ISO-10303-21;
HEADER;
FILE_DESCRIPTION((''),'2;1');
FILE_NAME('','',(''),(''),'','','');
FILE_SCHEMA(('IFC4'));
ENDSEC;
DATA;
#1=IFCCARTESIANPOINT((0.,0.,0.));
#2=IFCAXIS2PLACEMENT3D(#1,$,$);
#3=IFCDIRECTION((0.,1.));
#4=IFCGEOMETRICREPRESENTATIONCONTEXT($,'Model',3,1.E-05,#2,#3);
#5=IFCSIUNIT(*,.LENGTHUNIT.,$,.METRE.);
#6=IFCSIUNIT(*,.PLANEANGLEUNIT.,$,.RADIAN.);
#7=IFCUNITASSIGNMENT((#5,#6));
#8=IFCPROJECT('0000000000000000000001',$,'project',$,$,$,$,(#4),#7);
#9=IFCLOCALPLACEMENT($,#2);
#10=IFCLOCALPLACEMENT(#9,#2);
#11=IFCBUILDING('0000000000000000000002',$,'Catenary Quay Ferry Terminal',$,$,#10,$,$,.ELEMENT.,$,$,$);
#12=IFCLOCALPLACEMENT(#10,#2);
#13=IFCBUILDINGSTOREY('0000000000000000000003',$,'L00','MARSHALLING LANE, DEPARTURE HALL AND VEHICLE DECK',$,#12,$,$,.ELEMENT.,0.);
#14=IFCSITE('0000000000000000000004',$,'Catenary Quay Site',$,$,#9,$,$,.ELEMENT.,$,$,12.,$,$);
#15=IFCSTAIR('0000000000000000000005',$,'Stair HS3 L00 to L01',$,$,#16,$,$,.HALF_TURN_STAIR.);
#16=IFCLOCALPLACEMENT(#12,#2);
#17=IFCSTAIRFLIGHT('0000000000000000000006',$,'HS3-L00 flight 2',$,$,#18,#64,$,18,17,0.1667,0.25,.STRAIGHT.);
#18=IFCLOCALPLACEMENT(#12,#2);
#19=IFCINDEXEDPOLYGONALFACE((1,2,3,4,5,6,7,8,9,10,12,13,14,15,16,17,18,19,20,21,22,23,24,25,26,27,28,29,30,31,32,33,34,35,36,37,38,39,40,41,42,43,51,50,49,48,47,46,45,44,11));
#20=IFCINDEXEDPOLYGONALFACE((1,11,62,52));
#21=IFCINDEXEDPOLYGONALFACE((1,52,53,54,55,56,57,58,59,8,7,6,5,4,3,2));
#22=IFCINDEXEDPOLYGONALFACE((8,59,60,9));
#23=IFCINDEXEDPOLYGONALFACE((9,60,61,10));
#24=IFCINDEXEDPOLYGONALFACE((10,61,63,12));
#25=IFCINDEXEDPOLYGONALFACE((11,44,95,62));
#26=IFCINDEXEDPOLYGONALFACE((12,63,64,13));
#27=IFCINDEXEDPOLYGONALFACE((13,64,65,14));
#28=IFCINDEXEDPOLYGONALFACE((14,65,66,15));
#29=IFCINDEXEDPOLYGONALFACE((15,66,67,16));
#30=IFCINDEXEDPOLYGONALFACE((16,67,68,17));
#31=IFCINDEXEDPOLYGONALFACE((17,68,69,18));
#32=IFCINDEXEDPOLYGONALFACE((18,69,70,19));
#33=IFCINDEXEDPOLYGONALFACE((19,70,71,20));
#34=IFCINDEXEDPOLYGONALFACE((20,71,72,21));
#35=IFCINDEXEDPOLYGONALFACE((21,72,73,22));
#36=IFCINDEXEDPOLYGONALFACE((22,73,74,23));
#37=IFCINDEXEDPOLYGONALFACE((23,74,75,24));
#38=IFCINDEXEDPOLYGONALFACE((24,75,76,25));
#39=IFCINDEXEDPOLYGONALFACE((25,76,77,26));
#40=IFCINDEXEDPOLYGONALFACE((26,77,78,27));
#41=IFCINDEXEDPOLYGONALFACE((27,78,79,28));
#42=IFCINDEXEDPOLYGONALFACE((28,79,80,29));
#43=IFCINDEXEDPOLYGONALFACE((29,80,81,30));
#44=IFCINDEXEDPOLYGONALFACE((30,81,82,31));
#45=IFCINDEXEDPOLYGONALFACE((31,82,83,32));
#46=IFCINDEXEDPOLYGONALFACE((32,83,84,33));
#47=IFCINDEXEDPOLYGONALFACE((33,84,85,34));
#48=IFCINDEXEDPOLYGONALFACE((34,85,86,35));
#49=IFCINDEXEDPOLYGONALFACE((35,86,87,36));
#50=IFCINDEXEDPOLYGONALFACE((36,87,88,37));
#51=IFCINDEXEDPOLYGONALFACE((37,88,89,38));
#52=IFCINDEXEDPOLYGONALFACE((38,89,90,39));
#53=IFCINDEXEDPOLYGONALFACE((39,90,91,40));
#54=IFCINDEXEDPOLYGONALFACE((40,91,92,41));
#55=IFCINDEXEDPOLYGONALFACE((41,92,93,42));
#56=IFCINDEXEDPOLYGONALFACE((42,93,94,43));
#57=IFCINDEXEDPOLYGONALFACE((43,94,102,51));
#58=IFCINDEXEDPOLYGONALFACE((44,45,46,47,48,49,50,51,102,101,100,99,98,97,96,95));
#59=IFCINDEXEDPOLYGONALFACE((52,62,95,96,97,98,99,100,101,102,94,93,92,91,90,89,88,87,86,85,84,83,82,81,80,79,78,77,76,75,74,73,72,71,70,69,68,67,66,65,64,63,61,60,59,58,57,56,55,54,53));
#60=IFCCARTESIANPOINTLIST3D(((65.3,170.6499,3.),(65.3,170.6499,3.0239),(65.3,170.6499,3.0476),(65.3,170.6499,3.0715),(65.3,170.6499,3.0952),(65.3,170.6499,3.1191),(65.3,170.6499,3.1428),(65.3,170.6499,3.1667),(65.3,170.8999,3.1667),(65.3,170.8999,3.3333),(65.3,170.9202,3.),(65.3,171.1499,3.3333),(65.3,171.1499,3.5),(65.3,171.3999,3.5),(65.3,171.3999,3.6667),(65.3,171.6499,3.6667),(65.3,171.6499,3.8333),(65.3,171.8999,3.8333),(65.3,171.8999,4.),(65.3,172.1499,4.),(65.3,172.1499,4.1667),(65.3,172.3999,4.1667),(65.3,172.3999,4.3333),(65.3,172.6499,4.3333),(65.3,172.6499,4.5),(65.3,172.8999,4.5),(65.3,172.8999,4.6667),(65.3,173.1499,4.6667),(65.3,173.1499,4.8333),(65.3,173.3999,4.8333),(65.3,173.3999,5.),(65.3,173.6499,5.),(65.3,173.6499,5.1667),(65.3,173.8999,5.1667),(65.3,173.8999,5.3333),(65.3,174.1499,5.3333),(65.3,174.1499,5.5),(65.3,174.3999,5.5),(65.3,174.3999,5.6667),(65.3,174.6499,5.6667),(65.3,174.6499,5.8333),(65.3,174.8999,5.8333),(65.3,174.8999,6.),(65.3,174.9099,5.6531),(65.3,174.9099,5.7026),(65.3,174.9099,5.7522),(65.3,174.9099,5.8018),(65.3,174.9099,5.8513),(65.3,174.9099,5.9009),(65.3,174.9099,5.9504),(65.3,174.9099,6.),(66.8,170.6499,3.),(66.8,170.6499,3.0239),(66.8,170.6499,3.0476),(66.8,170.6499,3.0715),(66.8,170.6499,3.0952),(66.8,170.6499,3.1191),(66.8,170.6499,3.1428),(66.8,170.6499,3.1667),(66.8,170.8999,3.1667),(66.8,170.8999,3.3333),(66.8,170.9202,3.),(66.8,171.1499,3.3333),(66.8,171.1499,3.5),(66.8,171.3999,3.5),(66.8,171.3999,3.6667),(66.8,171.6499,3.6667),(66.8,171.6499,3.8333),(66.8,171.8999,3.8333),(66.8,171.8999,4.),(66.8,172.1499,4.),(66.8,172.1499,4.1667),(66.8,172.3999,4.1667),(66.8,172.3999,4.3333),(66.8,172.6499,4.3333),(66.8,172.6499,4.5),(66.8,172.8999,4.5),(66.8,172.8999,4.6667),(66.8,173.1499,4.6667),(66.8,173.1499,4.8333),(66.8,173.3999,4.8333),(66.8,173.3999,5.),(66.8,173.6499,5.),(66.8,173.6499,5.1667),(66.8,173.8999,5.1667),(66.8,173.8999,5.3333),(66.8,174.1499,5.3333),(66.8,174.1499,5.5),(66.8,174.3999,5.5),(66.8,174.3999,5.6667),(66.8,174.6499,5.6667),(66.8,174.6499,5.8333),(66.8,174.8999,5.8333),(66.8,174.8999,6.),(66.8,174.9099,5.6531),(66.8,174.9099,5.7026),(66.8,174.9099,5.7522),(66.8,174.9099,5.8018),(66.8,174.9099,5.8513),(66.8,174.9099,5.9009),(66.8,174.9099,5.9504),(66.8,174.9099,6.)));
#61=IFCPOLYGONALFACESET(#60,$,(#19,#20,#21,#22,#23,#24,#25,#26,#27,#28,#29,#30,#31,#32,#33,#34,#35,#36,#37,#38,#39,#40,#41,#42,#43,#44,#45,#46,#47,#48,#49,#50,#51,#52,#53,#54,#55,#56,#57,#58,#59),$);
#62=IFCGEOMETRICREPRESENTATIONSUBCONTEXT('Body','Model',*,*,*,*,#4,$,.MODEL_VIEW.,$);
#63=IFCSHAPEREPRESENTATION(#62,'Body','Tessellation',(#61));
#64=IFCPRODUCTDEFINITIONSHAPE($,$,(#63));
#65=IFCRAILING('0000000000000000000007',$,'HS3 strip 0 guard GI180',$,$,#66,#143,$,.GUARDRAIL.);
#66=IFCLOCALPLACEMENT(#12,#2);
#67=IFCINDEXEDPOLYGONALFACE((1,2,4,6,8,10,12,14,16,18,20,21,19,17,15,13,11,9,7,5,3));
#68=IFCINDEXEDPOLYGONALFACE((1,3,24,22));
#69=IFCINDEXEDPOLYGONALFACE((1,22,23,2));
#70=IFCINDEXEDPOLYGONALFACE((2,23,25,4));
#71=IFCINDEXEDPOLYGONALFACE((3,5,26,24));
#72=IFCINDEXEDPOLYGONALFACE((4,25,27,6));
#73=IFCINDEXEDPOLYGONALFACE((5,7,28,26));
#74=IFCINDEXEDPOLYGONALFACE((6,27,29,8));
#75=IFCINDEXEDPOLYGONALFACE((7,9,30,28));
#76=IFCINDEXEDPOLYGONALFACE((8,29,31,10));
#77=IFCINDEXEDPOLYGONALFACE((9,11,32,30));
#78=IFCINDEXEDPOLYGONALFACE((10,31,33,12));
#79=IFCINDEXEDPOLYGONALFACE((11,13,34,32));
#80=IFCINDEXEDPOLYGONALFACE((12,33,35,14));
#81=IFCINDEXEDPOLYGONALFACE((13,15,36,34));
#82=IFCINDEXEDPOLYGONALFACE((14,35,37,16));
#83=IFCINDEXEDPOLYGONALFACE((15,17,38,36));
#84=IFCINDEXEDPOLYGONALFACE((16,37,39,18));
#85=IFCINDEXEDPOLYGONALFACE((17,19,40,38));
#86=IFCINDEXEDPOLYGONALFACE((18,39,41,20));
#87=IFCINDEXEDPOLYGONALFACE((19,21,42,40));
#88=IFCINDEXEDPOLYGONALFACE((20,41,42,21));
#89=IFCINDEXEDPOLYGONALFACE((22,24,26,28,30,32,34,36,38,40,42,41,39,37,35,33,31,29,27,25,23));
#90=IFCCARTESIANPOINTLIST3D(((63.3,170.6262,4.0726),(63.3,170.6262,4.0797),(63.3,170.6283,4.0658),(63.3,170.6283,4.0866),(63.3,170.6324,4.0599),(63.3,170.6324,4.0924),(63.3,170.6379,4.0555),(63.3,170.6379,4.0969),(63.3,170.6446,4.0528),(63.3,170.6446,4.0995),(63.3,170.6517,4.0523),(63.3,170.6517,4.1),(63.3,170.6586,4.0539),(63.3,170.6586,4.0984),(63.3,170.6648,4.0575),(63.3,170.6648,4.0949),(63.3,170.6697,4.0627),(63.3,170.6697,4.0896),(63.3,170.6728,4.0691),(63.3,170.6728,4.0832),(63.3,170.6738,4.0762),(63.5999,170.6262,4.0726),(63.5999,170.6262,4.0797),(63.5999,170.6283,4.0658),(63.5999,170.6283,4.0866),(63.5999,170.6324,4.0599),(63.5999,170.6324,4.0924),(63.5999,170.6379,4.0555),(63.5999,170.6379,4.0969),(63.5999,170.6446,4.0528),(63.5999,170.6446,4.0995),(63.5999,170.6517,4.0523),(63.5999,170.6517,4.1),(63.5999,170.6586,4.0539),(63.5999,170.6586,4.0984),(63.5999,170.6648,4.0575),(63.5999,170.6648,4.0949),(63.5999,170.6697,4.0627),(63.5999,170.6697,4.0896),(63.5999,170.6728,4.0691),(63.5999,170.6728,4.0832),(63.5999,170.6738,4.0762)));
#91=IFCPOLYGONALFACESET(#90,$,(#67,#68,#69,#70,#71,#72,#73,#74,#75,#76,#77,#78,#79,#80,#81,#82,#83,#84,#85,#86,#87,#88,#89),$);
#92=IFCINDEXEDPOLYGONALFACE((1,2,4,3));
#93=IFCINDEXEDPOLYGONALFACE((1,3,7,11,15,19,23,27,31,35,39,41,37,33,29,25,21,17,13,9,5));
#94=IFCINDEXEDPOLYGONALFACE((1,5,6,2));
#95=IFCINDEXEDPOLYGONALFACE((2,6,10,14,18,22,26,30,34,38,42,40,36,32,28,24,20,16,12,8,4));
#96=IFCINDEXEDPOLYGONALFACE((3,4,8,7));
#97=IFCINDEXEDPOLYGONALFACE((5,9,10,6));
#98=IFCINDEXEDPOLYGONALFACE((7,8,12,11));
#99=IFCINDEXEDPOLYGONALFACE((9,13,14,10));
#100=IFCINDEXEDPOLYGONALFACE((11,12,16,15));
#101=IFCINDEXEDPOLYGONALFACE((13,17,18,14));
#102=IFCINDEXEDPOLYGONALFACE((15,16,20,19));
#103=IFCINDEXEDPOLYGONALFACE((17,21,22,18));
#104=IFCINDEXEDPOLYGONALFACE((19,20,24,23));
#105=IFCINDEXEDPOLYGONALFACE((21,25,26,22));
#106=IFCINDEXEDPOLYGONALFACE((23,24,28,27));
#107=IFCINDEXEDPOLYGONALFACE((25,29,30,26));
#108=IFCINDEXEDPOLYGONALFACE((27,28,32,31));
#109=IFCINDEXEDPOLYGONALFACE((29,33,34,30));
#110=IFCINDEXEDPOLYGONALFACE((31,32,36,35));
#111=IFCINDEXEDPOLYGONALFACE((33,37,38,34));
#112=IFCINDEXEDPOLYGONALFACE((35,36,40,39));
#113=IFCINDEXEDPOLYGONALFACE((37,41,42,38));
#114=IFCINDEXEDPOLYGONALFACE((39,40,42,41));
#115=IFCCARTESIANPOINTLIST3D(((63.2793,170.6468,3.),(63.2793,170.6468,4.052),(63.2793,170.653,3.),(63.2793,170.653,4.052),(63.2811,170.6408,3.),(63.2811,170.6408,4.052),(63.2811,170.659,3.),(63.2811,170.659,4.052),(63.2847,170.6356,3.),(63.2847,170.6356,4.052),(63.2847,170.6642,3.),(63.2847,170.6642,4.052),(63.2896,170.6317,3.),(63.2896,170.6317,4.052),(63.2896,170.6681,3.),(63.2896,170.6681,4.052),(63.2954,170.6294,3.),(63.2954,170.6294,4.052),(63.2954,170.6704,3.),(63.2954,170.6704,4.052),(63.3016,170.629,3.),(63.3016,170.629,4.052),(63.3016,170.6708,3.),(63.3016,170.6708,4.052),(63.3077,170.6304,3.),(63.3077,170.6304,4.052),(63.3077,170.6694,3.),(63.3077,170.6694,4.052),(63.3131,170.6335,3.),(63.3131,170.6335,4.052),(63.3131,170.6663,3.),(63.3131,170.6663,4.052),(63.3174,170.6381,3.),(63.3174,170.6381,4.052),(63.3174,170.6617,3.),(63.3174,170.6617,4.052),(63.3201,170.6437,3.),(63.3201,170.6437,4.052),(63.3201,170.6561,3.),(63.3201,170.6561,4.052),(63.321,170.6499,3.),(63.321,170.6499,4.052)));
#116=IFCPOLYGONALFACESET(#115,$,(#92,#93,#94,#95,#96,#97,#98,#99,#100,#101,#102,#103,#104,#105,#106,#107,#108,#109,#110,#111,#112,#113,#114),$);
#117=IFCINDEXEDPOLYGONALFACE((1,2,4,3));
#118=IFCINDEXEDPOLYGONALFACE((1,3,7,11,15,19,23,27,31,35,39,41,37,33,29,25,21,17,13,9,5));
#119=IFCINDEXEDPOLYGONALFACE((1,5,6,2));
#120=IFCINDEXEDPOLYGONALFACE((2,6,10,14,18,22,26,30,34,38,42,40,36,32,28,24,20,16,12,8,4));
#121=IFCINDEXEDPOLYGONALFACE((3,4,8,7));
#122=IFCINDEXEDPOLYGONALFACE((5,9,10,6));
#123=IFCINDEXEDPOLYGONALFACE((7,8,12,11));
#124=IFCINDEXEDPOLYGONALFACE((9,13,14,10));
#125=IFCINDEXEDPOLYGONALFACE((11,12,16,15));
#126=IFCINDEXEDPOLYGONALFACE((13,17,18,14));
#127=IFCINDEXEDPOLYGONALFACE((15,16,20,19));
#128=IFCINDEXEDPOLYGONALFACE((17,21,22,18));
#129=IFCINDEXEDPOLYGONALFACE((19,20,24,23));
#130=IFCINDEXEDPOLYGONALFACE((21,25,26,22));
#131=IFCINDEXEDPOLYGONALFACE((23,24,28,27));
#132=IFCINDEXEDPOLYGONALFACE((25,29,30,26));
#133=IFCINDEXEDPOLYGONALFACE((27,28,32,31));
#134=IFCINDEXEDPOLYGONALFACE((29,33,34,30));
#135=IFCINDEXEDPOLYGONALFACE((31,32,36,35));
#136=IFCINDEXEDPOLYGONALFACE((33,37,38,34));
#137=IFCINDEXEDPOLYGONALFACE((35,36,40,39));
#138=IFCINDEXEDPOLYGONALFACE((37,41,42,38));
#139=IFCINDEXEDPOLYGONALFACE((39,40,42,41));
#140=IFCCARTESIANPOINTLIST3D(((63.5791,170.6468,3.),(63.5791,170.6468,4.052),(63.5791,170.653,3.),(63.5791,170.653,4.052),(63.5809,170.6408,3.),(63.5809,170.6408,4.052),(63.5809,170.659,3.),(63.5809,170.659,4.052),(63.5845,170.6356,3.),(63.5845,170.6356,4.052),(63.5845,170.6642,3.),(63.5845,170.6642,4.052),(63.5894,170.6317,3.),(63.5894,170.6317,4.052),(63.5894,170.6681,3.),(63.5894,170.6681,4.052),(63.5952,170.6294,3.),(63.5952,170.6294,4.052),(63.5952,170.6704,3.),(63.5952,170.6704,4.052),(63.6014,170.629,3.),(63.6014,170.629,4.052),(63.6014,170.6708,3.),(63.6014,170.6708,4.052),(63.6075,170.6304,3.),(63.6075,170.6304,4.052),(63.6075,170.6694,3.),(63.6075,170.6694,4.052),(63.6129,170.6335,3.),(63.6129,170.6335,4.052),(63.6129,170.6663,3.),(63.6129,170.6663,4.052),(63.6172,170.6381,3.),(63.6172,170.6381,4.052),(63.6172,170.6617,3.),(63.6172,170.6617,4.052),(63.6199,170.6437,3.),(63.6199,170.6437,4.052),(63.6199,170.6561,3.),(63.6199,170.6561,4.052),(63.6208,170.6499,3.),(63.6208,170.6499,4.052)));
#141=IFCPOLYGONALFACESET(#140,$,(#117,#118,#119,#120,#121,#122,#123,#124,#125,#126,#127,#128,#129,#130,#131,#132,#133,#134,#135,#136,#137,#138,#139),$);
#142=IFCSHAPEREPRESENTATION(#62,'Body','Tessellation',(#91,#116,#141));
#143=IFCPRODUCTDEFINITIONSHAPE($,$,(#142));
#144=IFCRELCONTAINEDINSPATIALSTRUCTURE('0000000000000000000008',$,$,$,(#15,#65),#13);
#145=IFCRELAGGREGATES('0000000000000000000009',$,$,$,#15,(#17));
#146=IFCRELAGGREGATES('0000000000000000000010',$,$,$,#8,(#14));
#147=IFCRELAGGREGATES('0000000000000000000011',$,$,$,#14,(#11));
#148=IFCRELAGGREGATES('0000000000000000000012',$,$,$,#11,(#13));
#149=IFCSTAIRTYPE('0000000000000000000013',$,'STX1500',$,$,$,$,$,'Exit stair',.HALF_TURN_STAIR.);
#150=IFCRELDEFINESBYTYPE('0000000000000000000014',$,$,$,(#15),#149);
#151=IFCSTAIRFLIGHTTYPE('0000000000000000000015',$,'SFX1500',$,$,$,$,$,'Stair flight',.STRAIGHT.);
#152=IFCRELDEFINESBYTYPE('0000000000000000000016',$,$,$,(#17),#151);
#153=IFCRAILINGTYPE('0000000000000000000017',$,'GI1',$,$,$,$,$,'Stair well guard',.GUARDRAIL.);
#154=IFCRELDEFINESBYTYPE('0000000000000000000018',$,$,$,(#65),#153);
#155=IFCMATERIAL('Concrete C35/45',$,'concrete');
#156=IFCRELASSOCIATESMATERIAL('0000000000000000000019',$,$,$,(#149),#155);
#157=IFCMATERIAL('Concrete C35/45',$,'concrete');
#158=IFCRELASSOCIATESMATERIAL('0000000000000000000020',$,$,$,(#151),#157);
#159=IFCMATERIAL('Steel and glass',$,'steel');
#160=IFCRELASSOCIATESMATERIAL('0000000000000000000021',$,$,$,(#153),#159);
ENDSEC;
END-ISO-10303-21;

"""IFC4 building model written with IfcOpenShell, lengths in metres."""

from ifc_helpers import new_model, si_unit, direction, frame, origin, origin_2d, place, context, subcontext, project, spatial, polyline, circle, outline, extrude, material, type_object, element, aggregate, save


model = new_model("IFC4")

# Units and contexts
model_context = context("Model", 3, precision=1e-05, world=origin(), true_north=direction((0.0, 1.0)))
body_context = subcontext(model_context, "Body", "Model", "MODEL_VIEW")
ifc_project = project(units=[si_unit("LENGTHUNIT", "METRE"), si_unit("PLANEANGLEUNIT", "RADIAN")], contexts=[model_context])

# Site, building, storey
site_placement = place(None, origin())
site = spatial("IfcSite", under=ifc_project, at=site_placement, Name="Catenary Quay Site", CompositionType="ELEMENT", RefElevation=12.0)
building_placement = place(site_placement, origin())
building = spatial("IfcBuilding", under=site, at=building_placement, Name="Catenary Quay Ferry Terminal", CompositionType="ELEMENT")
storey_placement = place(building_placement, origin())
storey = spatial("IfcBuildingStorey", under=building, at=storey_placement, Name="L00", Description="MARSHALLING LANE, DEPARTURE HALL AND VEHICLE DECK", CompositionType="ELEMENT", Elevation=0.0)

# Stair, stair flight
ifc_material_1 = material(Name="Concrete C35/45", Category="concrete")
stair_type = type_object("IfcStairType", Name="STX1500", ElementType="Exit stair", PredefinedType="HALF_TURN_STAIR", material=ifc_material_1)
stair_placement = place(storey_placement, origin())
stair = element("IfcStair", 1, at=stair_placement, inside=storey, type_object=stair_type, Name="Stair HS3 L00 to L01", PredefinedType="HALF_TURN_STAIR")
ifc_material_2 = material(Name="Concrete C35/45", Category="concrete")
stair_flight_type = type_object("IfcStairFlightType", Name="SFX1500", ElementType="Stair flight", PredefinedType="STRAIGHT", material=ifc_material_2)
stair_flight_1_placement = place(storey_placement, frame((66.05, 170.6499, 3.0), z_axis=(0.0, 0.0, 1.0), x_axis=(0.0, 1.0, 0.0)))
stair_flight_1 = element("IfcStairFlight", 2, at=stair_flight_1_placement, type_object=stair_flight_type, Name="HS3-L00 flight 2", NumberOfRisers=18, NumberOfTreads=17, PredefinedType="STRAIGHT", RiserHeight=0.1667, TreadLength=0.25, context=body_context, shape_type="SweptSolid", body=[
    extrude(outline(polyline([(0.0, 0.0), (0.0, 0.0239), (0.0, 0.0476), (0.0, 0.0715), (0.0, 0.0952), (0.0, 0.1191), (0.0, 0.1428), (0.0, 0.1667), (0.25, 0.1667), (0.25, 0.3333), (0.5, 0.3333), (0.5, 0.5), (0.75, 0.5), (0.75, 0.6667), (1.0, 0.6667), (1.0, 0.8333), (1.25, 0.8333), (1.25, 1.0), (1.5, 1.0), (1.5, 1.1667), (1.75, 1.1667), (1.75, 1.3333), (2.0, 1.3333), (2.0, 1.5), (2.25, 1.5), (2.25, 1.6667), (2.5, 1.6667), (2.5, 1.8333), (2.75, 1.8333), (2.75, 2.0), (3.0, 2.0), (3.0, 2.1667), (3.25, 2.1667), (3.25, 2.3333), (3.5, 2.3333), (3.5, 2.5), (3.75, 2.5), (3.75, 2.6667), (4.0, 2.6667), (4.0, 2.8333), (4.25, 2.8333), (4.25, 3.0), (4.26, 3.0), (4.26, 2.9504), (4.26, 2.9009), (4.26, 2.8513), (4.26, 2.8018), (4.26, 2.7522), (4.26, 2.7026), (4.26, 2.6531), (0.2703, 0.0), (0.0, 0.0)])), frame((0.0, 0.75, 0.0), z_axis=(0.0, -1.0, 0.0), x_axis=(1.0, 0.0, 0.0)), (0.0, 0.0, 1.0), 1.5),
])
aggregate(stair, [stair_flight_1])

# Railing
ifc_material_3 = material(Name="Steel and glass", Category="steel")
railing_type_1 = type_object("IfcRailingType", Name="GI1", ElementType="Stair well guard", PredefinedType="GUARDRAIL", material=ifc_material_3)
railing_1_placement = place(storey_placement, frame((63.3, 170.6499, 3.0)))
element("IfcRailing", 3, at=railing_1_placement, inside=storey, type_object=railing_type_1, Name="HS3 strip 0 guard GI180", PredefinedType="GUARDRAIL", context=body_context, shape_type="SweptSolid", body=[
    extrude(circle(Radius=0.0239, at=origin_2d()), frame((0.0, 0.0, 1.0762), z_axis=(1.0, 0.0, 0.0), x_axis=(0.0, 1.0, 0.0)), (0.0, 0.0, 1.0), 0.2998),
    extrude(circle(Radius=0.021, at=origin_2d()), origin(), (0.0, 0.0, 1.0), 1.052),
    extrude(circle(Radius=0.021, at=origin_2d()), frame((0.2998, 0.0, 0.0)), (0.0, 0.0, 1.0), 1.052),
])

save(model, "model.ifc")
